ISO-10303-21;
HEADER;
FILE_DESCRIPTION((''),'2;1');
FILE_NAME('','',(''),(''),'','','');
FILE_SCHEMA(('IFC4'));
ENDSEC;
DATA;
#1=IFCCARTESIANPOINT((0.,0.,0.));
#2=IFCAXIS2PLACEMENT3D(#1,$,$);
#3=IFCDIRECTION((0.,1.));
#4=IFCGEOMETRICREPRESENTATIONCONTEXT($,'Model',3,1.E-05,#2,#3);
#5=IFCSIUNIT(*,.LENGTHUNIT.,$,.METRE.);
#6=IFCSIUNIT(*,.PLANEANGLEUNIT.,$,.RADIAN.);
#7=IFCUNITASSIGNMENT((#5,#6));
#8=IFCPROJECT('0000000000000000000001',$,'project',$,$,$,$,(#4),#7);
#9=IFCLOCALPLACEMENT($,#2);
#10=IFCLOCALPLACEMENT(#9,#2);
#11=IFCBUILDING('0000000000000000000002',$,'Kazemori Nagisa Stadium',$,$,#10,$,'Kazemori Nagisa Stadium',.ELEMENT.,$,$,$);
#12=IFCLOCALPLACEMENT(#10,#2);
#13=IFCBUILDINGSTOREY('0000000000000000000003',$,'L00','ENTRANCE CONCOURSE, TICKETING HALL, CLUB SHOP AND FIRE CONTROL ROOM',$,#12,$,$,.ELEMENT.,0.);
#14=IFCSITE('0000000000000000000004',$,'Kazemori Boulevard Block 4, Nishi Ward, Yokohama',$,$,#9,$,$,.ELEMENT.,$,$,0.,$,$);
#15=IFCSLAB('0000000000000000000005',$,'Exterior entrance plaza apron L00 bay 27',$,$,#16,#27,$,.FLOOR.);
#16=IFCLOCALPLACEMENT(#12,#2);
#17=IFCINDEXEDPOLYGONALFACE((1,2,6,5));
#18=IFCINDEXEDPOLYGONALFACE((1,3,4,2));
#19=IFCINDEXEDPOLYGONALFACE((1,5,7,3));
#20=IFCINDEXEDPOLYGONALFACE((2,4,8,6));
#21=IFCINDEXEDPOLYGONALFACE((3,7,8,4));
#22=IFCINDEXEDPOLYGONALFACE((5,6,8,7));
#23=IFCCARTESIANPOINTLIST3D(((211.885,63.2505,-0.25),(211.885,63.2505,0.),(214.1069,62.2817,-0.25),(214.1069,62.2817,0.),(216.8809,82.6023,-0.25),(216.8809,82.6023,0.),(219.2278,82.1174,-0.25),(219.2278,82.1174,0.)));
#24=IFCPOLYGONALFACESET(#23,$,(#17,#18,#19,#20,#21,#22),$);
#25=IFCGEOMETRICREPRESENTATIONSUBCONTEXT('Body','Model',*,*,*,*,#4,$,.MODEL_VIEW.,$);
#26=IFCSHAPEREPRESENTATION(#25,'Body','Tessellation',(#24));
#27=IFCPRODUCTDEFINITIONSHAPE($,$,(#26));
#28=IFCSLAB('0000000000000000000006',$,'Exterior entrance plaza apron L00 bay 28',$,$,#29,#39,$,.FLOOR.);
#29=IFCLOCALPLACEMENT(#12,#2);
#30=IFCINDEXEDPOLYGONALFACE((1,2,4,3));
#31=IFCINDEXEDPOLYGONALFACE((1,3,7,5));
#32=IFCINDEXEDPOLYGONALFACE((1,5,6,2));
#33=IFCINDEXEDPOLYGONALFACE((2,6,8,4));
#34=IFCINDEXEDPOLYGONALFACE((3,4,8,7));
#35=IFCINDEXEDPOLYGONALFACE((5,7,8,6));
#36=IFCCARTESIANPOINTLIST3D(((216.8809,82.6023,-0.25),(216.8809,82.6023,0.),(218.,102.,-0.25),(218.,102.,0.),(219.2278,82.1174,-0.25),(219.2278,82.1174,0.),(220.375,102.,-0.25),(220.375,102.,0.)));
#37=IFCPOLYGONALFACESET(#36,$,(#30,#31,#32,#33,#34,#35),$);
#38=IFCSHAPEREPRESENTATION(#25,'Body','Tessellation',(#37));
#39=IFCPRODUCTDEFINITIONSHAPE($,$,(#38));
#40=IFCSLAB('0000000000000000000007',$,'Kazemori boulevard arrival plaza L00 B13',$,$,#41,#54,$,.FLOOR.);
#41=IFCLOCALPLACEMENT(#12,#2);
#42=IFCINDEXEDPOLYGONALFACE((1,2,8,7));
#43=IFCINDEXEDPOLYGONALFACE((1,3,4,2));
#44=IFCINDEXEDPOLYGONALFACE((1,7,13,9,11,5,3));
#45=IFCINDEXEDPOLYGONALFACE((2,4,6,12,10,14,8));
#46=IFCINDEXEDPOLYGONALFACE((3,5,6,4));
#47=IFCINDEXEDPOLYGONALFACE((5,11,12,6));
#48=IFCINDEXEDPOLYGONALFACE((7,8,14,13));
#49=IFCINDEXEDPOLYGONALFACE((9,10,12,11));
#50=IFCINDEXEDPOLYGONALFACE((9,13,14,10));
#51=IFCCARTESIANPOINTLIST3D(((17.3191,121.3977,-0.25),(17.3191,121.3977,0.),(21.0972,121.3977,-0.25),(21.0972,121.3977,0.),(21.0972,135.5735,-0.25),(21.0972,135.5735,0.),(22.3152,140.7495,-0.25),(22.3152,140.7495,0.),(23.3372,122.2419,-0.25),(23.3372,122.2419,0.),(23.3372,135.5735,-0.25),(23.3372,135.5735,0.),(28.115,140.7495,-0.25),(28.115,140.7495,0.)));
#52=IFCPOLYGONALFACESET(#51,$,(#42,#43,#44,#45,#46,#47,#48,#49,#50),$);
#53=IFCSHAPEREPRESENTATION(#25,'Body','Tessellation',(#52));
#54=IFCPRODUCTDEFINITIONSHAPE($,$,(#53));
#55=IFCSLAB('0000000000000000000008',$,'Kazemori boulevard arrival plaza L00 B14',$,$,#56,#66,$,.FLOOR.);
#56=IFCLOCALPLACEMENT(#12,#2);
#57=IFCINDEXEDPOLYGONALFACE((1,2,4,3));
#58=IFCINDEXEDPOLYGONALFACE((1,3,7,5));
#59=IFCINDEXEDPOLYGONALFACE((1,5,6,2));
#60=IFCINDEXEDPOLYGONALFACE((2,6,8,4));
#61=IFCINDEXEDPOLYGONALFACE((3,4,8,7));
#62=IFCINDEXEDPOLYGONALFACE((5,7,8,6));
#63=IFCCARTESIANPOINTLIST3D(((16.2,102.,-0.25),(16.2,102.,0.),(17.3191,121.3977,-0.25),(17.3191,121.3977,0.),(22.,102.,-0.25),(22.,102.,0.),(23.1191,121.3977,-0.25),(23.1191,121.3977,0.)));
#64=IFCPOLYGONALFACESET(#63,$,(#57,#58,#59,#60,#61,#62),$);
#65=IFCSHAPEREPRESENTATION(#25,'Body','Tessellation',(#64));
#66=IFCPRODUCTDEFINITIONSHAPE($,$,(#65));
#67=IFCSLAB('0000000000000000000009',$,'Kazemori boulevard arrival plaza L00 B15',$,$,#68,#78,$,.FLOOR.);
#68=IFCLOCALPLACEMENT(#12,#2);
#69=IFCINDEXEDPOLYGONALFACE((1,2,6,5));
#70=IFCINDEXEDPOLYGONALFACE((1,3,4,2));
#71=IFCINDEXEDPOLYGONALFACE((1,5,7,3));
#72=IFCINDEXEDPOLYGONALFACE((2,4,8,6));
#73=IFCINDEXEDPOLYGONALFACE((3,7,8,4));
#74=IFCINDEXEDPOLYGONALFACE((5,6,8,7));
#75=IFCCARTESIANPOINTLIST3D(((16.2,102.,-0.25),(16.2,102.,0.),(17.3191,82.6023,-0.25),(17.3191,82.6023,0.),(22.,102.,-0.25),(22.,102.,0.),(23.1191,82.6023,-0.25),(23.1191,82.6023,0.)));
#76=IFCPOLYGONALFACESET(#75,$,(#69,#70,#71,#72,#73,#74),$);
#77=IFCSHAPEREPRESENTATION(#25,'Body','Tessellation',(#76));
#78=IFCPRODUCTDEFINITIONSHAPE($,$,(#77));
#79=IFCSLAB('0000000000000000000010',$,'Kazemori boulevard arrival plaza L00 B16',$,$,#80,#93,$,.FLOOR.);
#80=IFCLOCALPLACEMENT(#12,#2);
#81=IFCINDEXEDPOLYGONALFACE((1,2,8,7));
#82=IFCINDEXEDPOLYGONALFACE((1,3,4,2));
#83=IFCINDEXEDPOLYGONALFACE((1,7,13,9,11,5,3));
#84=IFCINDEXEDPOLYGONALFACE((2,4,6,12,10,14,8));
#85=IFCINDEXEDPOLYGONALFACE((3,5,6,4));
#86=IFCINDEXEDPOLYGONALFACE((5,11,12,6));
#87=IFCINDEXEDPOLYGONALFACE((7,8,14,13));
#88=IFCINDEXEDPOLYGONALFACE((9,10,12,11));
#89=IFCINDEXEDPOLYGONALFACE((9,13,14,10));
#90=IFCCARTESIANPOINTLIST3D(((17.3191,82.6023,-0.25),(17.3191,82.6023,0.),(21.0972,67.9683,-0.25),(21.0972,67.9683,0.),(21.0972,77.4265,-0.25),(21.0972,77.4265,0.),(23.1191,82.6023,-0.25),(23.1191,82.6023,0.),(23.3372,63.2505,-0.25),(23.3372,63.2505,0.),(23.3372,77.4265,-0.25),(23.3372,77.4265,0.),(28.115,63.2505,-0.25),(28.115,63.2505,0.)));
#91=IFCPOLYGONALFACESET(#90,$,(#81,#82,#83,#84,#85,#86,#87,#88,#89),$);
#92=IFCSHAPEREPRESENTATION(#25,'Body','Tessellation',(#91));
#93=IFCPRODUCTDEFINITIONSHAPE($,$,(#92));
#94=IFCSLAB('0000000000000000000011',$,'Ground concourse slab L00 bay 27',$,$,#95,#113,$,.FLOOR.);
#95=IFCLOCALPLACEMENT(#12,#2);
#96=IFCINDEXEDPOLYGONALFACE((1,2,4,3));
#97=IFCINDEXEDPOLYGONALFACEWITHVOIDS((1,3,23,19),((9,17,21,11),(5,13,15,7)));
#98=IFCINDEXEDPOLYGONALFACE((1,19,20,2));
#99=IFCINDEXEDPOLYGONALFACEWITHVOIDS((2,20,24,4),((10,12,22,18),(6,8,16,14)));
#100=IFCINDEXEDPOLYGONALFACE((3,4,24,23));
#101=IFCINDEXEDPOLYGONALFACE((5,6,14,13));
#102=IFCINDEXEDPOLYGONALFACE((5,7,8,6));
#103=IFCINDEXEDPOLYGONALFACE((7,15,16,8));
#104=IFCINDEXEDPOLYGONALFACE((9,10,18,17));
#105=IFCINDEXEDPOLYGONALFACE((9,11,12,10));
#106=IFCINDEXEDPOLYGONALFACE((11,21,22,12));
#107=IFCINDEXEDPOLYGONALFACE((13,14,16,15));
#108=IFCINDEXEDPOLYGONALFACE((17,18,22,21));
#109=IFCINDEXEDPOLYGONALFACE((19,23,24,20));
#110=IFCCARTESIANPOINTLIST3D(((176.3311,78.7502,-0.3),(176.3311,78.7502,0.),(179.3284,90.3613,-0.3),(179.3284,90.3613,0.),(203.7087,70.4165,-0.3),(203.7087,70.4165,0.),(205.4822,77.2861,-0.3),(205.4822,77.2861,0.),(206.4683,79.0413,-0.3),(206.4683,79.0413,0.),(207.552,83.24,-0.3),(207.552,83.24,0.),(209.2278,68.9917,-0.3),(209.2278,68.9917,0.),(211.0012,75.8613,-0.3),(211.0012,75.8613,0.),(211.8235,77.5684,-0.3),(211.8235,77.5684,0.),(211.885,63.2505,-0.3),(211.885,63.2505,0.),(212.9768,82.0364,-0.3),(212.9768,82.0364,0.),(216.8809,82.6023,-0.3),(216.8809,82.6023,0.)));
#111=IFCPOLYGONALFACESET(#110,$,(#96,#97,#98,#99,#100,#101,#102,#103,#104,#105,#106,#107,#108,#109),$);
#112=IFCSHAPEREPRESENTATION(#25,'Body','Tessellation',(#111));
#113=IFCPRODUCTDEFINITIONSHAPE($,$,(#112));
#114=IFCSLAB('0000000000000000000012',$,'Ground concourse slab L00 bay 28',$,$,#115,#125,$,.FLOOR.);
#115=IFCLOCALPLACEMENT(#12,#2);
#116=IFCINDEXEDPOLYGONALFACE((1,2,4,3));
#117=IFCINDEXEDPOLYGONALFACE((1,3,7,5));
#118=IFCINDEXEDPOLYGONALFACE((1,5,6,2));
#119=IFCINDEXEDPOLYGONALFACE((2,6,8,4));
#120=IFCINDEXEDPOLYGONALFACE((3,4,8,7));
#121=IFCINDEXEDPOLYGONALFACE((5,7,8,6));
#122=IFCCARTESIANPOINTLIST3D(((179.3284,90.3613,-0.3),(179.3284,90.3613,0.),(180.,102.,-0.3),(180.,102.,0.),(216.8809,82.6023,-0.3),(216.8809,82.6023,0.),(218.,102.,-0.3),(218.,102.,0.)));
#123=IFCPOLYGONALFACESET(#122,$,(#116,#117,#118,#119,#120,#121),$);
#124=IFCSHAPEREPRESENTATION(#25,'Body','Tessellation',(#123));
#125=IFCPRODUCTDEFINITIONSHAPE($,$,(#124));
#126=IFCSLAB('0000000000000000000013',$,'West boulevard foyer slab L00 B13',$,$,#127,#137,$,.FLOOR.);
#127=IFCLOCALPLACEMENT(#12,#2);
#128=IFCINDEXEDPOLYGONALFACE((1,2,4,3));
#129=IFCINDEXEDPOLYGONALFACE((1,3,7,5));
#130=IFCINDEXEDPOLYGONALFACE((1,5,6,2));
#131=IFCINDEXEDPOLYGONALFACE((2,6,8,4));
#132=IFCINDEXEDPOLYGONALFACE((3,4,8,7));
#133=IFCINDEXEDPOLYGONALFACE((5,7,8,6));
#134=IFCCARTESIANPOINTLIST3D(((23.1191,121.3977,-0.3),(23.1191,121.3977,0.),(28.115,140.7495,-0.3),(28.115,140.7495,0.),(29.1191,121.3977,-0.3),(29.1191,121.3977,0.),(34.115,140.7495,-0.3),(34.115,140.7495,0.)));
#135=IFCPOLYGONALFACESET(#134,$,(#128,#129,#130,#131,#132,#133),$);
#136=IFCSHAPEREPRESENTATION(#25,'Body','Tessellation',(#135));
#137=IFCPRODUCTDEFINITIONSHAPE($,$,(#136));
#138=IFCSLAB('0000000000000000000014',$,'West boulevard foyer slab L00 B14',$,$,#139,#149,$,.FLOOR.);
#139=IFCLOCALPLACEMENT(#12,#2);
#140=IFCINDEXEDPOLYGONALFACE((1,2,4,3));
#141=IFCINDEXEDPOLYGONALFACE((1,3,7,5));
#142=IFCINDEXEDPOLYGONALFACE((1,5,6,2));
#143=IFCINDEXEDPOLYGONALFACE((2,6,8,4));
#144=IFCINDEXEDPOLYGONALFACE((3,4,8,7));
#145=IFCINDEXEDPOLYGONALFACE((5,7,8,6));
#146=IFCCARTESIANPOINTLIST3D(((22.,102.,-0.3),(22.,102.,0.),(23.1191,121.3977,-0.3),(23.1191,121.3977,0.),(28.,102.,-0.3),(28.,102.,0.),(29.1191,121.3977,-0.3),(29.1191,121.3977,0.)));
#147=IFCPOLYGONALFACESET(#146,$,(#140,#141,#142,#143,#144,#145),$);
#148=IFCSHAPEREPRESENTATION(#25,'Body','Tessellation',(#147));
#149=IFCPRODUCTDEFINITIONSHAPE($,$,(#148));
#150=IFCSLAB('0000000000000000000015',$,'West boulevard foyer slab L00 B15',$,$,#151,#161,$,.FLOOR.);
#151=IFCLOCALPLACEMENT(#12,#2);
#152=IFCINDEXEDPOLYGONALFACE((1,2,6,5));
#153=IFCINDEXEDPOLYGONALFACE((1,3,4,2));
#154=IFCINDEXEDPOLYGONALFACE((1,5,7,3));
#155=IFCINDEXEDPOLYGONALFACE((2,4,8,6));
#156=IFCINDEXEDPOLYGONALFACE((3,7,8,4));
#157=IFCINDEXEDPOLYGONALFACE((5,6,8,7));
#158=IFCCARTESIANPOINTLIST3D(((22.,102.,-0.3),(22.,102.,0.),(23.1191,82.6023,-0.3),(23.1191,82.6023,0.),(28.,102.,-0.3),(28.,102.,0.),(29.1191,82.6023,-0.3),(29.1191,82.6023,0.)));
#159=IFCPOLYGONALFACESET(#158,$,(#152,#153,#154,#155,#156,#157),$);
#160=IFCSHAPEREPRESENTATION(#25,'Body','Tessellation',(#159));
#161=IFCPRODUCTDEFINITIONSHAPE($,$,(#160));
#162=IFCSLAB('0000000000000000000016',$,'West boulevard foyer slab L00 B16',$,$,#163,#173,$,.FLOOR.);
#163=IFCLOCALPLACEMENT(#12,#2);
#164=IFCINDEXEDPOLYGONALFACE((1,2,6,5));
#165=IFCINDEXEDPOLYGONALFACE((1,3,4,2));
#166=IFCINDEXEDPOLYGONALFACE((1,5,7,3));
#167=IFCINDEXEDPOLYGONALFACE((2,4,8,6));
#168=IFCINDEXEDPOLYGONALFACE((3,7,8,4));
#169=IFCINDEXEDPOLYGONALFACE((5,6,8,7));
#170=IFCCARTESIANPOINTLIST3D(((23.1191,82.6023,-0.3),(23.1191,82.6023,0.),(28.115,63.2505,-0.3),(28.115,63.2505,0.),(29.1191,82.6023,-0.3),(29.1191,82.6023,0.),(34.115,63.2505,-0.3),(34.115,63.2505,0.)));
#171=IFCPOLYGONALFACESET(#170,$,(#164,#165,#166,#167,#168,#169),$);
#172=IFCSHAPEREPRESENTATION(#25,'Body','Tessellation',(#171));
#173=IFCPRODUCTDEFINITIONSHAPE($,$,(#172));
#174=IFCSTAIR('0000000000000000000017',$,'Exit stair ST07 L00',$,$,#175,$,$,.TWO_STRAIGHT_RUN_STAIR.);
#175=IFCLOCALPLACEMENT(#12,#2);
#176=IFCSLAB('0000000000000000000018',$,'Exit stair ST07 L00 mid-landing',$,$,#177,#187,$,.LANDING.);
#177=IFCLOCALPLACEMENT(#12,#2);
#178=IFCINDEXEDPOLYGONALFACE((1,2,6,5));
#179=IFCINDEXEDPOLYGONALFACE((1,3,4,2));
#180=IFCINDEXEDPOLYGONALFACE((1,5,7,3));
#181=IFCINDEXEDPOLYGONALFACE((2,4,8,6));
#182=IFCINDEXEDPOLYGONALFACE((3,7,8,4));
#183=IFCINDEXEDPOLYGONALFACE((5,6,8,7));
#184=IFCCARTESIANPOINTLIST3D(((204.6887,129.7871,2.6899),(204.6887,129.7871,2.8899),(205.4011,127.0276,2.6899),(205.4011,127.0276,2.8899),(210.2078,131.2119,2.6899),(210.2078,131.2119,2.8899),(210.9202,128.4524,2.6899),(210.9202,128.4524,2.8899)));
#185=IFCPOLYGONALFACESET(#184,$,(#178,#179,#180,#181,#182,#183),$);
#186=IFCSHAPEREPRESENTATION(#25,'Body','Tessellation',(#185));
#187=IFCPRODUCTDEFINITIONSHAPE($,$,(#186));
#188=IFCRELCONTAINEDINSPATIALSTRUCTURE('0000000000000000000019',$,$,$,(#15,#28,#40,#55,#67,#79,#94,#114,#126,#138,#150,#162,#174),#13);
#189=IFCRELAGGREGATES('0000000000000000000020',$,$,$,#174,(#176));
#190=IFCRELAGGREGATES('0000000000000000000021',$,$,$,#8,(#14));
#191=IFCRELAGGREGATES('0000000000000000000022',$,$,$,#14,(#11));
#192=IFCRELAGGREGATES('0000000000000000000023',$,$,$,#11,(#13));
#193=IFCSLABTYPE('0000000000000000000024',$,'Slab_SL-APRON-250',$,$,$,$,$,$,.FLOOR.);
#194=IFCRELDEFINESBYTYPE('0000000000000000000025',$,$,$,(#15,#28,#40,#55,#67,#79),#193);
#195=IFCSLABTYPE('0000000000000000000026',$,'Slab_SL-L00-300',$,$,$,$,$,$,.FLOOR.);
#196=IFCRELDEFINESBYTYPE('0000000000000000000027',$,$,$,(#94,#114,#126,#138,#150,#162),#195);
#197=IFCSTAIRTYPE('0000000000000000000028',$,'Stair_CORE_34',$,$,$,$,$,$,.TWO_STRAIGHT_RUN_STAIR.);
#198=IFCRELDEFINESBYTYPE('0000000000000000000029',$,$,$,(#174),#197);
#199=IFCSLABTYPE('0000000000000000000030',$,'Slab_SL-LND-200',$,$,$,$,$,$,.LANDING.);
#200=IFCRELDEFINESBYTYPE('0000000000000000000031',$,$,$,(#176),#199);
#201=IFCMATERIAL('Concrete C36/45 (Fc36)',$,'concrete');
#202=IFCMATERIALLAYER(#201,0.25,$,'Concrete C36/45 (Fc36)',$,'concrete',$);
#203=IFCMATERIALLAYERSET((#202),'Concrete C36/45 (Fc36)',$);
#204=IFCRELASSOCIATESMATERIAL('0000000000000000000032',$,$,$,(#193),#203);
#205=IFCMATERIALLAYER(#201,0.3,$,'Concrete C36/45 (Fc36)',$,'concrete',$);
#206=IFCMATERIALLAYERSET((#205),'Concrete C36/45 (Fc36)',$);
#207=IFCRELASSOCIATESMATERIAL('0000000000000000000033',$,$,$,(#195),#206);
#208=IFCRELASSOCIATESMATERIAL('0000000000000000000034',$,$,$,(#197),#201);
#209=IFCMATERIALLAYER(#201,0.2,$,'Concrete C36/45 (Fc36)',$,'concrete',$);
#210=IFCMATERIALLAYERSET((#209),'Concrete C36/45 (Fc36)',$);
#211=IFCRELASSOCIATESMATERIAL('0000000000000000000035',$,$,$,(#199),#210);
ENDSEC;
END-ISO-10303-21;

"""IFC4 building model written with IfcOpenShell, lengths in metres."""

from ifc_helpers import new_model, si_unit, direction, frame, origin, place, context, subcontext, project, spatial, polyline, outline, extrude, material, layer, layer_set, type_object, element, aggregate, save


model = new_model("IFC4")

# Units and contexts
model_context = context("Model", 3, precision=1e-05, world=origin(), true_north=direction((0.0, 1.0)))
body_context = subcontext(model_context, "Body", "Model", "MODEL_VIEW")
ifc_project = project(units=[si_unit("LENGTHUNIT", "METRE"), si_unit("PLANEANGLEUNIT", "RADIAN")], contexts=[model_context])

# Site, building, storey
site_placement = place(None, origin())
site = spatial("IfcSite", under=ifc_project, at=site_placement, Name="Kazemori Boulevard Block 4, Nishi Ward, Yokohama", CompositionType="ELEMENT", RefElevation=0.0)
building_placement = place(site_placement, origin())
building = spatial("IfcBuilding", under=site, at=building_placement, Name="Kazemori Nagisa Stadium", LongName="Kazemori Nagisa Stadium", CompositionType="ELEMENT")
storey_placement = place(building_placement, origin())
storey = spatial("IfcBuildingStorey", under=building, at=storey_placement, Name="L00", Description="ENTRANCE CONCOURSE, TICKETING HALL, CLUB SHOP AND FIRE CONTROL ROOM", CompositionType="ELEMENT", Elevation=0.0)

# Slabs
ifc_material_1 = material(Name="Concrete C36/45 (Fc36)", Category="concrete")
ifc_layer_1 = layer(ifc_material_1, 0.25, Name="Concrete C36/45 (Fc36)", Category="concrete")
ifc_layer_set_1 = layer_set([ifc_layer_1], Name="Concrete C36/45 (Fc36)")
slab_type_1 = type_object("IfcSlabType", Name="Slab_SL-APRON-250", PredefinedType="FLOOR", material=ifc_layer_set_1)
slab_1_placement = place(storey_placement, frame((0.0, 0.0, -0.25)))
element("IfcSlab", 1, at=slab_1_placement, inside=storey, type_object=slab_type_1, Name="Exterior entrance plaza apron L00 bay 27", PredefinedType="FLOOR", context=body_context, shape_type="SweptSolid", body=[
    extrude(outline(polyline([(211.885, 63.2505), (216.8809, 82.6023), (219.2278, 82.1174), (214.1069, 62.2817), (211.885, 63.2505)])), origin(), (0.0, 0.0, 1.0), 0.25),
])
slab_2_placement = place(storey_placement, frame((0.0, 0.0, -0.25)))
element("IfcSlab", 2, at=slab_2_placement, inside=storey, type_object=slab_type_1, Name="Exterior entrance plaza apron L00 bay 28", PredefinedType="FLOOR", context=body_context, shape_type="SweptSolid", body=[
    extrude(outline(polyline([(216.8809, 82.6023), (218.0, 102.0), (220.375, 102.0), (219.2278, 82.1174), (216.8809, 82.6023)])), origin(), (0.0, 0.0, 1.0), 0.25),
])
slab_3_placement = place(storey_placement, frame((0.0, 0.0, -0.25)))
element("IfcSlab", 3, at=slab_3_placement, inside=storey, type_object=slab_type_1, Name="Kazemori boulevard arrival plaza L00 B13", PredefinedType="FLOOR", context=body_context, shape_type="SweptSolid", body=[
    extrude(outline(polyline([(23.3372, 122.2419), (23.3372, 135.5735), (21.0972, 135.5735), (21.0972, 121.3977), (17.3191, 121.3977), (22.3152, 140.7495), (28.115, 140.7495), (23.3372, 122.2419)])), origin(), (0.0, 0.0, 1.0), 0.25),
])
slab_4_placement = place(storey_placement, frame((0.0, 0.0, -0.25)))
element("IfcSlab", 4, at=slab_4_placement, inside=storey, type_object=slab_type_1, Name="Kazemori boulevard arrival plaza L00 B14", PredefinedType="FLOOR", context=body_context, shape_type="SweptSolid", body=[
    extrude(outline(polyline([(23.1191, 121.3977), (22.0, 102.0), (16.2, 102.0), (17.3191, 121.3977), (23.1191, 121.3977)])), origin(), (0.0, 0.0, 1.0), 0.25),
])
slab_5_placement = place(storey_placement, frame((0.0, 0.0, -0.25)))
element("IfcSlab", 5, at=slab_5_placement, inside=storey, type_object=slab_type_1, Name="Kazemori boulevard arrival plaza L00 B15", PredefinedType="FLOOR", context=body_context, shape_type="SweptSolid", body=[
    extrude(outline(polyline([(22.0, 102.0), (23.1191, 82.6023), (17.3191, 82.6023), (16.2, 102.0), (22.0, 102.0)])), origin(), (0.0, 0.0, 1.0), 0.25),
])
slab_6_placement = place(storey_placement, frame((0.0, 0.0, -0.25)))
element("IfcSlab", 6, at=slab_6_placement, inside=storey, type_object=slab_type_1, Name="Kazemori boulevard arrival plaza L00 B16", PredefinedType="FLOOR", context=body_context, shape_type="SweptSolid", body=[
    extrude(outline(polyline([(28.115, 63.2505), (23.3372, 63.2505), (23.3372, 77.4265), (21.0972, 77.4265), (21.0972, 67.9683), (17.3191, 82.6023), (23.1191, 82.6023), (28.115, 63.2505)])), origin(), (0.0, 0.0, 1.0), 0.25),
])
ifc_layer_2 = layer(ifc_material_1, 0.3, Name="Concrete C36/45 (Fc36)", Category="concrete")
ifc_layer_set_2 = layer_set([ifc_layer_2], Name="Concrete C36/45 (Fc36)")
slab_type_2 = type_object("IfcSlabType", Name="Slab_SL-L00-300", PredefinedType="FLOOR", material=ifc_layer_set_2)
slab_7_placement = place(storey_placement, frame((0.0, 0.0, -0.3)))
element("IfcSlab", 7, at=slab_7_placement, inside=storey, type_object=slab_type_2, Name="Ground concourse slab L00 bay 27", PredefinedType="FLOOR", context=body_context, shape_type="SweptSolid", body=[
    extrude(outline(polyline([(176.3311, 78.7502), (179.3284, 90.3613), (216.8809, 82.6023), (211.885, 63.2505), (176.3311, 78.7502)]), holes=[polyline([(203.7087, 70.4165), (205.4822, 77.2861), (211.0012, 75.8613), (209.2278, 68.9917), (203.7087, 70.4165)]), polyline([(206.4683, 79.0413), (207.552, 83.24), (212.9768, 82.0364), (211.8235, 77.5684), (206.4683, 79.0413)])]), origin(), (0.0, 0.0, 1.0), 0.3),
])
slab_8_placement = place(storey_placement, frame((0.0, 0.0, -0.3)))
element("IfcSlab", 8, at=slab_8_placement, inside=storey, type_object=slab_type_2, Name="Ground concourse slab L00 bay 28", PredefinedType="FLOOR", context=body_context, shape_type="SweptSolid", body=[
    extrude(outline(polyline([(179.3284, 90.3613), (180.0, 102.0), (218.0, 102.0), (216.8809, 82.6023), (179.3284, 90.3613)])), origin(), (0.0, 0.0, 1.0), 0.3),
])
slab_9_placement = place(storey_placement, frame((0.0, 0.0, -0.3)))
element("IfcSlab", 9, at=slab_9_placement, inside=storey, type_object=slab_type_2, Name="West boulevard foyer slab L00 B13", PredefinedType="FLOOR", context=body_context, shape_type="SweptSolid", body=[
    extrude(outline(polyline([(34.115, 140.7495), (29.1191, 121.3977), (23.1191, 121.3977), (28.115, 140.7495), (34.115, 140.7495)])), origin(), (0.0, 0.0, 1.0), 0.3),
])
slab_10_placement = place(storey_placement, frame((0.0, 0.0, -0.3)))
element("IfcSlab", 10, at=slab_10_placement, inside=storey, type_object=slab_type_2, Name="West boulevard foyer slab L00 B14", PredefinedType="FLOOR", context=body_context, shape_type="SweptSolid", body=[
    extrude(outline(polyline([(29.1191, 121.3977), (28.0, 102.0), (22.0, 102.0), (23.1191, 121.3977), (29.1191, 121.3977)])), origin(), (0.0, 0.0, 1.0), 0.3),
])
slab_11_placement = place(storey_placement, frame((0.0, 0.0, -0.3)))
element("IfcSlab", 11, at=slab_11_placement, inside=storey, type_object=slab_type_2, Name="West boulevard foyer slab L00 B15", PredefinedType="FLOOR", context=body_context, shape_type="SweptSolid", body=[
    extrude(outline(polyline([(28.0, 102.0), (29.1191, 82.6023), (23.1191, 82.6023), (22.0, 102.0), (28.0, 102.0)])), origin(), (0.0, 0.0, 1.0), 0.3),
])
slab_12_placement = place(storey_placement, frame((0.0, 0.0, -0.3)))
element("IfcSlab", 12, at=slab_12_placement, inside=storey, type_object=slab_type_2, Name="West boulevard foyer slab L00 B16", PredefinedType="FLOOR", context=body_context, shape_type="SweptSolid", body=[
    extrude(outline(polyline([(29.1191, 82.6023), (34.115, 63.2505), (28.115, 63.2505), (23.1191, 82.6023), (29.1191, 82.6023)])), origin(), (0.0, 0.0, 1.0), 0.3),
])

# Stair, slab
stair_type = type_object("IfcStairType", Name="Stair_CORE_34", PredefinedType="TWO_STRAIGHT_RUN_STAIR", material=ifc_material_1)
stair_1_placement = place(storey_placement, origin())
stair_1 = element("IfcStair", 13, at=stair_1_placement, inside=storey, type_object=stair_type, Name="Exit stair ST07 L00", PredefinedType="TWO_STRAIGHT_RUN_STAIR")
ifc_layer_3 = layer(ifc_material_1, 0.2, Name="Concrete C36/45 (Fc36)", Category="concrete")
ifc_layer_set_3 = layer_set([ifc_layer_3], Name="Concrete C36/45 (Fc36)")
slab_type_3 = type_object("IfcSlabType", Name="Slab_SL-LND-200", PredefinedType="LANDING", material=ifc_layer_set_3)
slab_13_placement = place(storey_placement, frame((0.0, 0.0, 2.6899)))
slab_13 = element("IfcSlab", 14, at=slab_13_placement, type_object=slab_type_3, Name="Exit stair ST07 L00 mid-landing", PredefinedType="LANDING", context=body_context, shape_type="SweptSolid", body=[
    extrude(outline(polyline([(205.4011, 127.0276), (204.6887, 129.7871), (210.2078, 131.2119), (210.9202, 128.4524), (205.4011, 127.0276)])), origin(), (0.0, 0.0, 1.0), 0.2),
])
aggregate(stair_1, [slab_13])

save(model, "model.ifc")
